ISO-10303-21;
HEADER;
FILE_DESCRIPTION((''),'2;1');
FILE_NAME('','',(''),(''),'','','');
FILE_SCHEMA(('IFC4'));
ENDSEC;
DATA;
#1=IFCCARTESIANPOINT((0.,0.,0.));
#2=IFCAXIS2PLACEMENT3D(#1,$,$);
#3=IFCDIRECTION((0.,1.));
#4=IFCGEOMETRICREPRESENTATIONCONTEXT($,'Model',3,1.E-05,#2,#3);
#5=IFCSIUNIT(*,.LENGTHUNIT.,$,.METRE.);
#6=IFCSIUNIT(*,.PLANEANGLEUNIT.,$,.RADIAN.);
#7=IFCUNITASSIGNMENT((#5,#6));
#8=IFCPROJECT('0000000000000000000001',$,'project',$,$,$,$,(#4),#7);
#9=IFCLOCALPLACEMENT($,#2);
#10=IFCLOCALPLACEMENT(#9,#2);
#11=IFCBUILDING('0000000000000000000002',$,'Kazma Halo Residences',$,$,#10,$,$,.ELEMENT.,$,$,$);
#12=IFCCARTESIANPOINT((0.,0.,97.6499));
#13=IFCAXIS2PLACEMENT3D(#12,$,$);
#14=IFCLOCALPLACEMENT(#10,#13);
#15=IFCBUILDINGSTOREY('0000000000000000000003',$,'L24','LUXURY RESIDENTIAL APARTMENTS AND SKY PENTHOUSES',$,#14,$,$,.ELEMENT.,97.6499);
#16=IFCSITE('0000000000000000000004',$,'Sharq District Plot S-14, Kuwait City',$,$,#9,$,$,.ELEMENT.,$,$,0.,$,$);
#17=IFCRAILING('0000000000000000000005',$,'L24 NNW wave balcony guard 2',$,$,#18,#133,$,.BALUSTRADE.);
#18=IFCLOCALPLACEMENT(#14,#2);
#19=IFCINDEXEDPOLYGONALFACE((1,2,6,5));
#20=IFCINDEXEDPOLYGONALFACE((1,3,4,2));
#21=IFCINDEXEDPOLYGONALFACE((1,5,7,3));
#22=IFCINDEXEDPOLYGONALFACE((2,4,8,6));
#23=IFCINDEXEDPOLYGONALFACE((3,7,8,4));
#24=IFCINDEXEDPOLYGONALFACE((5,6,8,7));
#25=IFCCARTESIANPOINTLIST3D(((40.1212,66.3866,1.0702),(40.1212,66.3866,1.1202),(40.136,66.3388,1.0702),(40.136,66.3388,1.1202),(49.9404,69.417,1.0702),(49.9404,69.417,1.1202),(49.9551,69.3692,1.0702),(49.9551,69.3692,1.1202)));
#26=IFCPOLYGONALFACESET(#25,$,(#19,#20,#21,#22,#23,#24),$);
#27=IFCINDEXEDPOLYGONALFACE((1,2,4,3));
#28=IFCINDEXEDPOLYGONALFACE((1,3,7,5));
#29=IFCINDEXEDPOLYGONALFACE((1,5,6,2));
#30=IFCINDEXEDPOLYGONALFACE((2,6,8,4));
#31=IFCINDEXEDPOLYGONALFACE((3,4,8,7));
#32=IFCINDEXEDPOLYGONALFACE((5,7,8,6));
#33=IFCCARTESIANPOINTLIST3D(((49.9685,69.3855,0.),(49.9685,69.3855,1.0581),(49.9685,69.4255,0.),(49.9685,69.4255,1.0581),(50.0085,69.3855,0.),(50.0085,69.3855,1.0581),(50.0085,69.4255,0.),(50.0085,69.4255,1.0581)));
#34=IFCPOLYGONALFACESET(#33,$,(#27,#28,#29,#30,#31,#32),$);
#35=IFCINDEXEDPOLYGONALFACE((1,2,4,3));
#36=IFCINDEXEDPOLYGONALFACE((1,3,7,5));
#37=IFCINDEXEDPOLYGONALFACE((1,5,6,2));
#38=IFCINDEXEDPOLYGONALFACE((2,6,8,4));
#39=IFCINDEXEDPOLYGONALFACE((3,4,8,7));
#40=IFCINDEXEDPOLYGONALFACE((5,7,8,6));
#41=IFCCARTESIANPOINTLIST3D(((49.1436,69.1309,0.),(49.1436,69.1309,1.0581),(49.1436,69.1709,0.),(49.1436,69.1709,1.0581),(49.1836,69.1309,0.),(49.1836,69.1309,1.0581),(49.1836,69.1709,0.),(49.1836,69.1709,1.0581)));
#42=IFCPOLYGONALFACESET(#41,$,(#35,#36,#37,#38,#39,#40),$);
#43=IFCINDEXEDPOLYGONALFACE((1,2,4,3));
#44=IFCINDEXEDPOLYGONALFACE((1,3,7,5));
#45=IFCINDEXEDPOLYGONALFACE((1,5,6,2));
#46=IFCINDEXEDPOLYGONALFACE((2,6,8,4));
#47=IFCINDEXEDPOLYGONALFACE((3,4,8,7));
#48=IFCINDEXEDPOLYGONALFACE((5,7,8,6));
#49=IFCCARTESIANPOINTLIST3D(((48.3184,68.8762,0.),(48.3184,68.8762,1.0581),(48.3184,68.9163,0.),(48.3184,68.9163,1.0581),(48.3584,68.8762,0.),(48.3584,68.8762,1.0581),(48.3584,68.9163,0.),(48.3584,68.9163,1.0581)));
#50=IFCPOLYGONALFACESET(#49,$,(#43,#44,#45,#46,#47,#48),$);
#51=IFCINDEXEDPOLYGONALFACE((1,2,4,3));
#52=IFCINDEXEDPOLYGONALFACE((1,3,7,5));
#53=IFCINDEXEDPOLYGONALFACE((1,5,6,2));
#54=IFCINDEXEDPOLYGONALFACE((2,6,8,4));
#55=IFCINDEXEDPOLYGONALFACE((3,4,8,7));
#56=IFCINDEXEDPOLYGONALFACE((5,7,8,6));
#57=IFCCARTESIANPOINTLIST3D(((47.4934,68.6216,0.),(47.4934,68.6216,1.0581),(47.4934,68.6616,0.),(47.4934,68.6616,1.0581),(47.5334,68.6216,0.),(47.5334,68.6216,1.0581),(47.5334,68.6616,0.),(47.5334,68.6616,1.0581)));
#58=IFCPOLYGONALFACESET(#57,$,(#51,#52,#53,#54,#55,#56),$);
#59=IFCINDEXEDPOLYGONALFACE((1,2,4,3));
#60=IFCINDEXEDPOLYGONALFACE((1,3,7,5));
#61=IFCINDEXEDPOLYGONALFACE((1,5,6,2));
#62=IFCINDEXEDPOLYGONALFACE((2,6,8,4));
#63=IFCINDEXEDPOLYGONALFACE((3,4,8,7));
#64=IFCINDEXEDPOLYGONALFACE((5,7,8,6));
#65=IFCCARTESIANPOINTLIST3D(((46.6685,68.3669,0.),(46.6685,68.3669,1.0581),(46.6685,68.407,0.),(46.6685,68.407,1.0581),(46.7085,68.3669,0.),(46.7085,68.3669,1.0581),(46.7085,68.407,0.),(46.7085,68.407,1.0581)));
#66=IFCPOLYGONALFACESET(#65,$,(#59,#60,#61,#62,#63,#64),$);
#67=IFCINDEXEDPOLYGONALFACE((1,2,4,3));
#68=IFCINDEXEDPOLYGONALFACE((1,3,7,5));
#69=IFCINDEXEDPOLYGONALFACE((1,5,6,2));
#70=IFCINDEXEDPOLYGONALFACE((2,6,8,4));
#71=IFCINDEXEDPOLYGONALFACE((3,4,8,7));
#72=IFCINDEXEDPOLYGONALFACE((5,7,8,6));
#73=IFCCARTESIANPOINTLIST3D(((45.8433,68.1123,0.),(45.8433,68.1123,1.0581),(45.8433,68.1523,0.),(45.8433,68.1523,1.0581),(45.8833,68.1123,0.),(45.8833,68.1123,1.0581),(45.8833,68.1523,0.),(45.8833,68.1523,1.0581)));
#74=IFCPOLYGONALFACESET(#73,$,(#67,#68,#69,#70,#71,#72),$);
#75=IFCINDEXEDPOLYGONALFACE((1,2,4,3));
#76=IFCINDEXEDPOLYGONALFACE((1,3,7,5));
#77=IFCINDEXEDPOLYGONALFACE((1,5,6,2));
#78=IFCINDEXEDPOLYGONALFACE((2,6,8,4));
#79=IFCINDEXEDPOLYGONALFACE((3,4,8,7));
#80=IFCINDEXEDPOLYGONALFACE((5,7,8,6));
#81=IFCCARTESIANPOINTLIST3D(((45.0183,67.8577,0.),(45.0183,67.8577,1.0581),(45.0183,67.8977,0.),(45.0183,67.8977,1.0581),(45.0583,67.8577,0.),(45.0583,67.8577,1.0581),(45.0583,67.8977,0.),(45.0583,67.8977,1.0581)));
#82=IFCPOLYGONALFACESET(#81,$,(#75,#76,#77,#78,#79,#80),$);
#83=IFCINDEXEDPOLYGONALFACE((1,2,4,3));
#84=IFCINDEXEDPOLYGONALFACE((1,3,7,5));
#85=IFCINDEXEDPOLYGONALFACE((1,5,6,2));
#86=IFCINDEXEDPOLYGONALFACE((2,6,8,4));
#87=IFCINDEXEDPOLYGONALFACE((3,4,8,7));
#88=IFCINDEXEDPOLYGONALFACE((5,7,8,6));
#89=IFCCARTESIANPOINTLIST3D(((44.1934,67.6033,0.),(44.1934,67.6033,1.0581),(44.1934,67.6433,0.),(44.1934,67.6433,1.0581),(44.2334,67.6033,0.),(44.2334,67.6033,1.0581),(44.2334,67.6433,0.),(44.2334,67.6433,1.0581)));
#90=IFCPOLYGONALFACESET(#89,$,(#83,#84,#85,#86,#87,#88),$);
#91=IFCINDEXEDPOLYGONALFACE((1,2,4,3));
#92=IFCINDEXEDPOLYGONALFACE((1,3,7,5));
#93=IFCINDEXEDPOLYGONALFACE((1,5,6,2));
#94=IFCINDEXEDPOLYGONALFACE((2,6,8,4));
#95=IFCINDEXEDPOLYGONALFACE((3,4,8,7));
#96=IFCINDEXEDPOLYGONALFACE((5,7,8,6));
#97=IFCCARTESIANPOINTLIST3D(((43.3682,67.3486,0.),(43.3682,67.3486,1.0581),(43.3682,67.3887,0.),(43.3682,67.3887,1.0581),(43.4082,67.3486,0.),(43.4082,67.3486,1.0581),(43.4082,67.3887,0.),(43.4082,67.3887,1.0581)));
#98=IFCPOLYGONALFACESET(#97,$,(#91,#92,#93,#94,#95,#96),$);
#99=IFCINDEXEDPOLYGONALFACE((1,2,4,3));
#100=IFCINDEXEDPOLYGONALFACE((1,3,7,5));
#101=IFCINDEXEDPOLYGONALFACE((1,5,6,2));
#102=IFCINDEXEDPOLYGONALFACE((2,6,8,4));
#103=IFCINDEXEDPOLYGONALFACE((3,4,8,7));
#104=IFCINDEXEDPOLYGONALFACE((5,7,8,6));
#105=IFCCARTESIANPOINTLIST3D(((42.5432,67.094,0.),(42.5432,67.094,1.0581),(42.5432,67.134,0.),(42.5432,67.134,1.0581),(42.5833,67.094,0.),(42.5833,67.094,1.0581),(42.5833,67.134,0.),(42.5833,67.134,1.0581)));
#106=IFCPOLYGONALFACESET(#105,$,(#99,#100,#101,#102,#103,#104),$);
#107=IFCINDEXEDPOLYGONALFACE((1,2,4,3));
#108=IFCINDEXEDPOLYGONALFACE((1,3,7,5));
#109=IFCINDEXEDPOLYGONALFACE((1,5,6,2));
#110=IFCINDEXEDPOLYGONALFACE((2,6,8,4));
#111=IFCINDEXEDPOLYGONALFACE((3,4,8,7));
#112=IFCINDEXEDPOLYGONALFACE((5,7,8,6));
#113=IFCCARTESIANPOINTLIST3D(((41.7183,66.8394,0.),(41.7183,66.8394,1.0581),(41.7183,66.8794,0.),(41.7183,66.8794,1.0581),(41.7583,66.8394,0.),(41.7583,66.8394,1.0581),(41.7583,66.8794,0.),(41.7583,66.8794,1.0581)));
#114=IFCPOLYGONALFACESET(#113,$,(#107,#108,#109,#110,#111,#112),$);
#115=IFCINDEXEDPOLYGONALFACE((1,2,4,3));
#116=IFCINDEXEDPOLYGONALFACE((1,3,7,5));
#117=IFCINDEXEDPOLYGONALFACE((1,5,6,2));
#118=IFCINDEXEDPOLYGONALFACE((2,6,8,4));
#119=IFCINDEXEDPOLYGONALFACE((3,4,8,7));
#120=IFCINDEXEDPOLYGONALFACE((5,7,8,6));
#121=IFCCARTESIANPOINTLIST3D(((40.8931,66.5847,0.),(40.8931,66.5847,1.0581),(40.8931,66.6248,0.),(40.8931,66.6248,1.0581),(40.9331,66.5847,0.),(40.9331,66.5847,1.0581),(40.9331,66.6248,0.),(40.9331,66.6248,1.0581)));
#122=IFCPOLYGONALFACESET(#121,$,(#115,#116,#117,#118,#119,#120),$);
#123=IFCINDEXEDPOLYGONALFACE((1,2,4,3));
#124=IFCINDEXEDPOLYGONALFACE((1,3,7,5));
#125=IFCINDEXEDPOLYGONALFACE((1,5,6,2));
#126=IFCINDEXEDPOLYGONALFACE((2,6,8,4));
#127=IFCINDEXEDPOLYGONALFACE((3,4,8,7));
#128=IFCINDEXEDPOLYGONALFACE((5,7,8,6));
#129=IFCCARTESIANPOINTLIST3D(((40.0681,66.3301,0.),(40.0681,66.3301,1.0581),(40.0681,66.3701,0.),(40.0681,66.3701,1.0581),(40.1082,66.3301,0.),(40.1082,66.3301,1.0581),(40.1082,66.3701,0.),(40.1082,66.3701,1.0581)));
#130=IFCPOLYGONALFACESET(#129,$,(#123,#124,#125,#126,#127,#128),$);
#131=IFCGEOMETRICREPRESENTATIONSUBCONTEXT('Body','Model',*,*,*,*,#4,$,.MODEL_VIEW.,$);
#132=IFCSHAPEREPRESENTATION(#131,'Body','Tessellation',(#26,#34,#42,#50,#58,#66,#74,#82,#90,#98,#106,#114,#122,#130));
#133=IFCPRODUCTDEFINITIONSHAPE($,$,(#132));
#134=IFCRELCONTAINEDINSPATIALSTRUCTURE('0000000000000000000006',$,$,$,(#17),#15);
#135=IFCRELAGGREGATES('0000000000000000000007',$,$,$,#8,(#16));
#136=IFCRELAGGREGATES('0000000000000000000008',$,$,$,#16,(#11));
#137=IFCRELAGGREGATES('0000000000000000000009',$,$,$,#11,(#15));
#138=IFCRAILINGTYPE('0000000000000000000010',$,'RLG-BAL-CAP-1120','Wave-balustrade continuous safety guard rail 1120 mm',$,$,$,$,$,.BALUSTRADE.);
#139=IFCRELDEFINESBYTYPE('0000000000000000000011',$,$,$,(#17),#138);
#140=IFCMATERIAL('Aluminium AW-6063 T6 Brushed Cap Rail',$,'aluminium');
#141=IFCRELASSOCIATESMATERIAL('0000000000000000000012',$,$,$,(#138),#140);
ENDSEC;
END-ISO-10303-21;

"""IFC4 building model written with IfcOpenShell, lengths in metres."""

from ifc_helpers import new_model, si_unit, direction, frame, origin, origin_2d, place, context, subcontext, project, spatial, rectangle, extrude, material, type_object, element, save


model = new_model("IFC4")

# Units and contexts
model_context = context("Model", 3, precision=1e-05, world=origin(), true_north=direction((0.0, 1.0)))
body_context = subcontext(model_context, "Body", "Model", "MODEL_VIEW")
ifc_project = project(units=[si_unit("LENGTHUNIT", "METRE"), si_unit("PLANEANGLEUNIT", "RADIAN")], contexts=[model_context])

# Site, building, storey
site_placement = place(None, origin())
site = spatial("IfcSite", under=ifc_project, at=site_placement, Name="Sharq District Plot S-14, Kuwait City", CompositionType="ELEMENT", RefElevation=0.0)
building_placement = place(site_placement, origin())
building = spatial("IfcBuilding", under=site, at=building_placement, Name="Kazma Halo Residences", CompositionType="ELEMENT")
storey_placement = place(building_placement, frame((0.0, 0.0, 97.6499)))
storey = spatial("IfcBuildingStorey", under=building, at=storey_placement, Name="L24", Description="LUXURY RESIDENTIAL APARTMENTS AND SKY PENTHOUSES", CompositionType="ELEMENT", Elevation=97.6499)

# Railing
ifc_material_1 = material(Name="Aluminium AW-6063 T6 Brushed Cap Rail", Category="aluminium")
railing_type = type_object("IfcRailingType", Name="RLG-BAL-CAP-1120", Description="Wave-balustrade continuous safety guard rail 1120 mm", PredefinedType="BALUSTRADE", material=ifc_material_1)
railing_1_placement = place(storey_placement, frame((49.9885, 69.4055, 0.0)))
element("IfcRailing", 1, at=railing_1_placement, inside=storey, type_object=railing_type, Name="L24 NNW wave balcony guard 2", PredefinedType="BALUSTRADE", context=body_context, shape_type="SweptSolid", body=[
    extrude(rectangle(XDim=0.05, YDim=0.05, at=origin_2d()), frame((-0.0408, -0.0125, 1.0952), z_axis=(-0.955531, -0.294892, 0.0), x_axis=(0.294892, -0.955531, 0.0)), (0.0, 0.0, 1.0), 10.2761),
    extrude(rectangle(XDim=0.04, YDim=0.04, at=origin_2d()), origin(), (0.0, 0.0, 1.0), 1.0581),
    extrude(rectangle(XDim=0.04, YDim=0.04, at=origin_2d()), frame((-0.825, -0.2546, 0.0)), (0.0, 0.0, 1.0), 1.0581),
    extrude(rectangle(XDim=0.04, YDim=0.04, at=origin_2d()), frame((-1.6501, -0.5093, 0.0)), (0.0, 0.0, 1.0), 1.0581),
    extrude(rectangle(XDim=0.04, YDim=0.04, at=origin_2d()), frame((-2.4751, -0.7639, 0.0)), (0.0, 0.0, 1.0), 1.0581),
    extrude(rectangle(XDim=0.04, YDim=0.04, at=origin_2d()), frame((-3.3, -1.0186, 0.0)), (0.0, 0.0, 1.0), 1.0581),
    extrude(rectangle(XDim=0.04, YDim=0.04, at=origin_2d()), frame((-4.1252, -1.2732, 0.0)), (0.0, 0.0, 1.0), 1.0581),
    extrude(rectangle(XDim=0.04, YDim=0.04, at=origin_2d()), frame((-4.9502, -1.5278, 0.0)), (0.0, 0.0, 1.0), 1.0581),
    extrude(rectangle(XDim=0.04, YDim=0.04, at=origin_2d()), frame((-5.7751, -1.7822, 0.0)), (0.0, 0.0, 1.0), 1.0581),
    extrude(rectangle(XDim=0.04, YDim=0.04, at=origin_2d()), frame((-6.6003, -2.0369, 0.0)), (0.0, 0.0, 1.0), 1.0581),
    extrude(rectangle(XDim=0.04, YDim=0.04, at=origin_2d()), frame((-7.4253, -2.2915, 0.0)), (0.0, 0.0, 1.0), 1.0581),
    extrude(rectangle(XDim=0.04, YDim=0.04, at=origin_2d()), frame((-8.2502, -2.5461, 0.0)), (0.0, 0.0, 1.0), 1.0581),
    extrude(rectangle(XDim=0.04, YDim=0.04, at=origin_2d()), frame((-9.0754, -2.8008, 0.0)), (0.0, 0.0, 1.0), 1.0581),
    extrude(rectangle(XDim=0.04, YDim=0.04, at=origin_2d()), frame((-9.9004, -3.0554, 0.0)), (0.0, 0.0, 1.0), 1.0581),
])

save(model, "model.ifc")
